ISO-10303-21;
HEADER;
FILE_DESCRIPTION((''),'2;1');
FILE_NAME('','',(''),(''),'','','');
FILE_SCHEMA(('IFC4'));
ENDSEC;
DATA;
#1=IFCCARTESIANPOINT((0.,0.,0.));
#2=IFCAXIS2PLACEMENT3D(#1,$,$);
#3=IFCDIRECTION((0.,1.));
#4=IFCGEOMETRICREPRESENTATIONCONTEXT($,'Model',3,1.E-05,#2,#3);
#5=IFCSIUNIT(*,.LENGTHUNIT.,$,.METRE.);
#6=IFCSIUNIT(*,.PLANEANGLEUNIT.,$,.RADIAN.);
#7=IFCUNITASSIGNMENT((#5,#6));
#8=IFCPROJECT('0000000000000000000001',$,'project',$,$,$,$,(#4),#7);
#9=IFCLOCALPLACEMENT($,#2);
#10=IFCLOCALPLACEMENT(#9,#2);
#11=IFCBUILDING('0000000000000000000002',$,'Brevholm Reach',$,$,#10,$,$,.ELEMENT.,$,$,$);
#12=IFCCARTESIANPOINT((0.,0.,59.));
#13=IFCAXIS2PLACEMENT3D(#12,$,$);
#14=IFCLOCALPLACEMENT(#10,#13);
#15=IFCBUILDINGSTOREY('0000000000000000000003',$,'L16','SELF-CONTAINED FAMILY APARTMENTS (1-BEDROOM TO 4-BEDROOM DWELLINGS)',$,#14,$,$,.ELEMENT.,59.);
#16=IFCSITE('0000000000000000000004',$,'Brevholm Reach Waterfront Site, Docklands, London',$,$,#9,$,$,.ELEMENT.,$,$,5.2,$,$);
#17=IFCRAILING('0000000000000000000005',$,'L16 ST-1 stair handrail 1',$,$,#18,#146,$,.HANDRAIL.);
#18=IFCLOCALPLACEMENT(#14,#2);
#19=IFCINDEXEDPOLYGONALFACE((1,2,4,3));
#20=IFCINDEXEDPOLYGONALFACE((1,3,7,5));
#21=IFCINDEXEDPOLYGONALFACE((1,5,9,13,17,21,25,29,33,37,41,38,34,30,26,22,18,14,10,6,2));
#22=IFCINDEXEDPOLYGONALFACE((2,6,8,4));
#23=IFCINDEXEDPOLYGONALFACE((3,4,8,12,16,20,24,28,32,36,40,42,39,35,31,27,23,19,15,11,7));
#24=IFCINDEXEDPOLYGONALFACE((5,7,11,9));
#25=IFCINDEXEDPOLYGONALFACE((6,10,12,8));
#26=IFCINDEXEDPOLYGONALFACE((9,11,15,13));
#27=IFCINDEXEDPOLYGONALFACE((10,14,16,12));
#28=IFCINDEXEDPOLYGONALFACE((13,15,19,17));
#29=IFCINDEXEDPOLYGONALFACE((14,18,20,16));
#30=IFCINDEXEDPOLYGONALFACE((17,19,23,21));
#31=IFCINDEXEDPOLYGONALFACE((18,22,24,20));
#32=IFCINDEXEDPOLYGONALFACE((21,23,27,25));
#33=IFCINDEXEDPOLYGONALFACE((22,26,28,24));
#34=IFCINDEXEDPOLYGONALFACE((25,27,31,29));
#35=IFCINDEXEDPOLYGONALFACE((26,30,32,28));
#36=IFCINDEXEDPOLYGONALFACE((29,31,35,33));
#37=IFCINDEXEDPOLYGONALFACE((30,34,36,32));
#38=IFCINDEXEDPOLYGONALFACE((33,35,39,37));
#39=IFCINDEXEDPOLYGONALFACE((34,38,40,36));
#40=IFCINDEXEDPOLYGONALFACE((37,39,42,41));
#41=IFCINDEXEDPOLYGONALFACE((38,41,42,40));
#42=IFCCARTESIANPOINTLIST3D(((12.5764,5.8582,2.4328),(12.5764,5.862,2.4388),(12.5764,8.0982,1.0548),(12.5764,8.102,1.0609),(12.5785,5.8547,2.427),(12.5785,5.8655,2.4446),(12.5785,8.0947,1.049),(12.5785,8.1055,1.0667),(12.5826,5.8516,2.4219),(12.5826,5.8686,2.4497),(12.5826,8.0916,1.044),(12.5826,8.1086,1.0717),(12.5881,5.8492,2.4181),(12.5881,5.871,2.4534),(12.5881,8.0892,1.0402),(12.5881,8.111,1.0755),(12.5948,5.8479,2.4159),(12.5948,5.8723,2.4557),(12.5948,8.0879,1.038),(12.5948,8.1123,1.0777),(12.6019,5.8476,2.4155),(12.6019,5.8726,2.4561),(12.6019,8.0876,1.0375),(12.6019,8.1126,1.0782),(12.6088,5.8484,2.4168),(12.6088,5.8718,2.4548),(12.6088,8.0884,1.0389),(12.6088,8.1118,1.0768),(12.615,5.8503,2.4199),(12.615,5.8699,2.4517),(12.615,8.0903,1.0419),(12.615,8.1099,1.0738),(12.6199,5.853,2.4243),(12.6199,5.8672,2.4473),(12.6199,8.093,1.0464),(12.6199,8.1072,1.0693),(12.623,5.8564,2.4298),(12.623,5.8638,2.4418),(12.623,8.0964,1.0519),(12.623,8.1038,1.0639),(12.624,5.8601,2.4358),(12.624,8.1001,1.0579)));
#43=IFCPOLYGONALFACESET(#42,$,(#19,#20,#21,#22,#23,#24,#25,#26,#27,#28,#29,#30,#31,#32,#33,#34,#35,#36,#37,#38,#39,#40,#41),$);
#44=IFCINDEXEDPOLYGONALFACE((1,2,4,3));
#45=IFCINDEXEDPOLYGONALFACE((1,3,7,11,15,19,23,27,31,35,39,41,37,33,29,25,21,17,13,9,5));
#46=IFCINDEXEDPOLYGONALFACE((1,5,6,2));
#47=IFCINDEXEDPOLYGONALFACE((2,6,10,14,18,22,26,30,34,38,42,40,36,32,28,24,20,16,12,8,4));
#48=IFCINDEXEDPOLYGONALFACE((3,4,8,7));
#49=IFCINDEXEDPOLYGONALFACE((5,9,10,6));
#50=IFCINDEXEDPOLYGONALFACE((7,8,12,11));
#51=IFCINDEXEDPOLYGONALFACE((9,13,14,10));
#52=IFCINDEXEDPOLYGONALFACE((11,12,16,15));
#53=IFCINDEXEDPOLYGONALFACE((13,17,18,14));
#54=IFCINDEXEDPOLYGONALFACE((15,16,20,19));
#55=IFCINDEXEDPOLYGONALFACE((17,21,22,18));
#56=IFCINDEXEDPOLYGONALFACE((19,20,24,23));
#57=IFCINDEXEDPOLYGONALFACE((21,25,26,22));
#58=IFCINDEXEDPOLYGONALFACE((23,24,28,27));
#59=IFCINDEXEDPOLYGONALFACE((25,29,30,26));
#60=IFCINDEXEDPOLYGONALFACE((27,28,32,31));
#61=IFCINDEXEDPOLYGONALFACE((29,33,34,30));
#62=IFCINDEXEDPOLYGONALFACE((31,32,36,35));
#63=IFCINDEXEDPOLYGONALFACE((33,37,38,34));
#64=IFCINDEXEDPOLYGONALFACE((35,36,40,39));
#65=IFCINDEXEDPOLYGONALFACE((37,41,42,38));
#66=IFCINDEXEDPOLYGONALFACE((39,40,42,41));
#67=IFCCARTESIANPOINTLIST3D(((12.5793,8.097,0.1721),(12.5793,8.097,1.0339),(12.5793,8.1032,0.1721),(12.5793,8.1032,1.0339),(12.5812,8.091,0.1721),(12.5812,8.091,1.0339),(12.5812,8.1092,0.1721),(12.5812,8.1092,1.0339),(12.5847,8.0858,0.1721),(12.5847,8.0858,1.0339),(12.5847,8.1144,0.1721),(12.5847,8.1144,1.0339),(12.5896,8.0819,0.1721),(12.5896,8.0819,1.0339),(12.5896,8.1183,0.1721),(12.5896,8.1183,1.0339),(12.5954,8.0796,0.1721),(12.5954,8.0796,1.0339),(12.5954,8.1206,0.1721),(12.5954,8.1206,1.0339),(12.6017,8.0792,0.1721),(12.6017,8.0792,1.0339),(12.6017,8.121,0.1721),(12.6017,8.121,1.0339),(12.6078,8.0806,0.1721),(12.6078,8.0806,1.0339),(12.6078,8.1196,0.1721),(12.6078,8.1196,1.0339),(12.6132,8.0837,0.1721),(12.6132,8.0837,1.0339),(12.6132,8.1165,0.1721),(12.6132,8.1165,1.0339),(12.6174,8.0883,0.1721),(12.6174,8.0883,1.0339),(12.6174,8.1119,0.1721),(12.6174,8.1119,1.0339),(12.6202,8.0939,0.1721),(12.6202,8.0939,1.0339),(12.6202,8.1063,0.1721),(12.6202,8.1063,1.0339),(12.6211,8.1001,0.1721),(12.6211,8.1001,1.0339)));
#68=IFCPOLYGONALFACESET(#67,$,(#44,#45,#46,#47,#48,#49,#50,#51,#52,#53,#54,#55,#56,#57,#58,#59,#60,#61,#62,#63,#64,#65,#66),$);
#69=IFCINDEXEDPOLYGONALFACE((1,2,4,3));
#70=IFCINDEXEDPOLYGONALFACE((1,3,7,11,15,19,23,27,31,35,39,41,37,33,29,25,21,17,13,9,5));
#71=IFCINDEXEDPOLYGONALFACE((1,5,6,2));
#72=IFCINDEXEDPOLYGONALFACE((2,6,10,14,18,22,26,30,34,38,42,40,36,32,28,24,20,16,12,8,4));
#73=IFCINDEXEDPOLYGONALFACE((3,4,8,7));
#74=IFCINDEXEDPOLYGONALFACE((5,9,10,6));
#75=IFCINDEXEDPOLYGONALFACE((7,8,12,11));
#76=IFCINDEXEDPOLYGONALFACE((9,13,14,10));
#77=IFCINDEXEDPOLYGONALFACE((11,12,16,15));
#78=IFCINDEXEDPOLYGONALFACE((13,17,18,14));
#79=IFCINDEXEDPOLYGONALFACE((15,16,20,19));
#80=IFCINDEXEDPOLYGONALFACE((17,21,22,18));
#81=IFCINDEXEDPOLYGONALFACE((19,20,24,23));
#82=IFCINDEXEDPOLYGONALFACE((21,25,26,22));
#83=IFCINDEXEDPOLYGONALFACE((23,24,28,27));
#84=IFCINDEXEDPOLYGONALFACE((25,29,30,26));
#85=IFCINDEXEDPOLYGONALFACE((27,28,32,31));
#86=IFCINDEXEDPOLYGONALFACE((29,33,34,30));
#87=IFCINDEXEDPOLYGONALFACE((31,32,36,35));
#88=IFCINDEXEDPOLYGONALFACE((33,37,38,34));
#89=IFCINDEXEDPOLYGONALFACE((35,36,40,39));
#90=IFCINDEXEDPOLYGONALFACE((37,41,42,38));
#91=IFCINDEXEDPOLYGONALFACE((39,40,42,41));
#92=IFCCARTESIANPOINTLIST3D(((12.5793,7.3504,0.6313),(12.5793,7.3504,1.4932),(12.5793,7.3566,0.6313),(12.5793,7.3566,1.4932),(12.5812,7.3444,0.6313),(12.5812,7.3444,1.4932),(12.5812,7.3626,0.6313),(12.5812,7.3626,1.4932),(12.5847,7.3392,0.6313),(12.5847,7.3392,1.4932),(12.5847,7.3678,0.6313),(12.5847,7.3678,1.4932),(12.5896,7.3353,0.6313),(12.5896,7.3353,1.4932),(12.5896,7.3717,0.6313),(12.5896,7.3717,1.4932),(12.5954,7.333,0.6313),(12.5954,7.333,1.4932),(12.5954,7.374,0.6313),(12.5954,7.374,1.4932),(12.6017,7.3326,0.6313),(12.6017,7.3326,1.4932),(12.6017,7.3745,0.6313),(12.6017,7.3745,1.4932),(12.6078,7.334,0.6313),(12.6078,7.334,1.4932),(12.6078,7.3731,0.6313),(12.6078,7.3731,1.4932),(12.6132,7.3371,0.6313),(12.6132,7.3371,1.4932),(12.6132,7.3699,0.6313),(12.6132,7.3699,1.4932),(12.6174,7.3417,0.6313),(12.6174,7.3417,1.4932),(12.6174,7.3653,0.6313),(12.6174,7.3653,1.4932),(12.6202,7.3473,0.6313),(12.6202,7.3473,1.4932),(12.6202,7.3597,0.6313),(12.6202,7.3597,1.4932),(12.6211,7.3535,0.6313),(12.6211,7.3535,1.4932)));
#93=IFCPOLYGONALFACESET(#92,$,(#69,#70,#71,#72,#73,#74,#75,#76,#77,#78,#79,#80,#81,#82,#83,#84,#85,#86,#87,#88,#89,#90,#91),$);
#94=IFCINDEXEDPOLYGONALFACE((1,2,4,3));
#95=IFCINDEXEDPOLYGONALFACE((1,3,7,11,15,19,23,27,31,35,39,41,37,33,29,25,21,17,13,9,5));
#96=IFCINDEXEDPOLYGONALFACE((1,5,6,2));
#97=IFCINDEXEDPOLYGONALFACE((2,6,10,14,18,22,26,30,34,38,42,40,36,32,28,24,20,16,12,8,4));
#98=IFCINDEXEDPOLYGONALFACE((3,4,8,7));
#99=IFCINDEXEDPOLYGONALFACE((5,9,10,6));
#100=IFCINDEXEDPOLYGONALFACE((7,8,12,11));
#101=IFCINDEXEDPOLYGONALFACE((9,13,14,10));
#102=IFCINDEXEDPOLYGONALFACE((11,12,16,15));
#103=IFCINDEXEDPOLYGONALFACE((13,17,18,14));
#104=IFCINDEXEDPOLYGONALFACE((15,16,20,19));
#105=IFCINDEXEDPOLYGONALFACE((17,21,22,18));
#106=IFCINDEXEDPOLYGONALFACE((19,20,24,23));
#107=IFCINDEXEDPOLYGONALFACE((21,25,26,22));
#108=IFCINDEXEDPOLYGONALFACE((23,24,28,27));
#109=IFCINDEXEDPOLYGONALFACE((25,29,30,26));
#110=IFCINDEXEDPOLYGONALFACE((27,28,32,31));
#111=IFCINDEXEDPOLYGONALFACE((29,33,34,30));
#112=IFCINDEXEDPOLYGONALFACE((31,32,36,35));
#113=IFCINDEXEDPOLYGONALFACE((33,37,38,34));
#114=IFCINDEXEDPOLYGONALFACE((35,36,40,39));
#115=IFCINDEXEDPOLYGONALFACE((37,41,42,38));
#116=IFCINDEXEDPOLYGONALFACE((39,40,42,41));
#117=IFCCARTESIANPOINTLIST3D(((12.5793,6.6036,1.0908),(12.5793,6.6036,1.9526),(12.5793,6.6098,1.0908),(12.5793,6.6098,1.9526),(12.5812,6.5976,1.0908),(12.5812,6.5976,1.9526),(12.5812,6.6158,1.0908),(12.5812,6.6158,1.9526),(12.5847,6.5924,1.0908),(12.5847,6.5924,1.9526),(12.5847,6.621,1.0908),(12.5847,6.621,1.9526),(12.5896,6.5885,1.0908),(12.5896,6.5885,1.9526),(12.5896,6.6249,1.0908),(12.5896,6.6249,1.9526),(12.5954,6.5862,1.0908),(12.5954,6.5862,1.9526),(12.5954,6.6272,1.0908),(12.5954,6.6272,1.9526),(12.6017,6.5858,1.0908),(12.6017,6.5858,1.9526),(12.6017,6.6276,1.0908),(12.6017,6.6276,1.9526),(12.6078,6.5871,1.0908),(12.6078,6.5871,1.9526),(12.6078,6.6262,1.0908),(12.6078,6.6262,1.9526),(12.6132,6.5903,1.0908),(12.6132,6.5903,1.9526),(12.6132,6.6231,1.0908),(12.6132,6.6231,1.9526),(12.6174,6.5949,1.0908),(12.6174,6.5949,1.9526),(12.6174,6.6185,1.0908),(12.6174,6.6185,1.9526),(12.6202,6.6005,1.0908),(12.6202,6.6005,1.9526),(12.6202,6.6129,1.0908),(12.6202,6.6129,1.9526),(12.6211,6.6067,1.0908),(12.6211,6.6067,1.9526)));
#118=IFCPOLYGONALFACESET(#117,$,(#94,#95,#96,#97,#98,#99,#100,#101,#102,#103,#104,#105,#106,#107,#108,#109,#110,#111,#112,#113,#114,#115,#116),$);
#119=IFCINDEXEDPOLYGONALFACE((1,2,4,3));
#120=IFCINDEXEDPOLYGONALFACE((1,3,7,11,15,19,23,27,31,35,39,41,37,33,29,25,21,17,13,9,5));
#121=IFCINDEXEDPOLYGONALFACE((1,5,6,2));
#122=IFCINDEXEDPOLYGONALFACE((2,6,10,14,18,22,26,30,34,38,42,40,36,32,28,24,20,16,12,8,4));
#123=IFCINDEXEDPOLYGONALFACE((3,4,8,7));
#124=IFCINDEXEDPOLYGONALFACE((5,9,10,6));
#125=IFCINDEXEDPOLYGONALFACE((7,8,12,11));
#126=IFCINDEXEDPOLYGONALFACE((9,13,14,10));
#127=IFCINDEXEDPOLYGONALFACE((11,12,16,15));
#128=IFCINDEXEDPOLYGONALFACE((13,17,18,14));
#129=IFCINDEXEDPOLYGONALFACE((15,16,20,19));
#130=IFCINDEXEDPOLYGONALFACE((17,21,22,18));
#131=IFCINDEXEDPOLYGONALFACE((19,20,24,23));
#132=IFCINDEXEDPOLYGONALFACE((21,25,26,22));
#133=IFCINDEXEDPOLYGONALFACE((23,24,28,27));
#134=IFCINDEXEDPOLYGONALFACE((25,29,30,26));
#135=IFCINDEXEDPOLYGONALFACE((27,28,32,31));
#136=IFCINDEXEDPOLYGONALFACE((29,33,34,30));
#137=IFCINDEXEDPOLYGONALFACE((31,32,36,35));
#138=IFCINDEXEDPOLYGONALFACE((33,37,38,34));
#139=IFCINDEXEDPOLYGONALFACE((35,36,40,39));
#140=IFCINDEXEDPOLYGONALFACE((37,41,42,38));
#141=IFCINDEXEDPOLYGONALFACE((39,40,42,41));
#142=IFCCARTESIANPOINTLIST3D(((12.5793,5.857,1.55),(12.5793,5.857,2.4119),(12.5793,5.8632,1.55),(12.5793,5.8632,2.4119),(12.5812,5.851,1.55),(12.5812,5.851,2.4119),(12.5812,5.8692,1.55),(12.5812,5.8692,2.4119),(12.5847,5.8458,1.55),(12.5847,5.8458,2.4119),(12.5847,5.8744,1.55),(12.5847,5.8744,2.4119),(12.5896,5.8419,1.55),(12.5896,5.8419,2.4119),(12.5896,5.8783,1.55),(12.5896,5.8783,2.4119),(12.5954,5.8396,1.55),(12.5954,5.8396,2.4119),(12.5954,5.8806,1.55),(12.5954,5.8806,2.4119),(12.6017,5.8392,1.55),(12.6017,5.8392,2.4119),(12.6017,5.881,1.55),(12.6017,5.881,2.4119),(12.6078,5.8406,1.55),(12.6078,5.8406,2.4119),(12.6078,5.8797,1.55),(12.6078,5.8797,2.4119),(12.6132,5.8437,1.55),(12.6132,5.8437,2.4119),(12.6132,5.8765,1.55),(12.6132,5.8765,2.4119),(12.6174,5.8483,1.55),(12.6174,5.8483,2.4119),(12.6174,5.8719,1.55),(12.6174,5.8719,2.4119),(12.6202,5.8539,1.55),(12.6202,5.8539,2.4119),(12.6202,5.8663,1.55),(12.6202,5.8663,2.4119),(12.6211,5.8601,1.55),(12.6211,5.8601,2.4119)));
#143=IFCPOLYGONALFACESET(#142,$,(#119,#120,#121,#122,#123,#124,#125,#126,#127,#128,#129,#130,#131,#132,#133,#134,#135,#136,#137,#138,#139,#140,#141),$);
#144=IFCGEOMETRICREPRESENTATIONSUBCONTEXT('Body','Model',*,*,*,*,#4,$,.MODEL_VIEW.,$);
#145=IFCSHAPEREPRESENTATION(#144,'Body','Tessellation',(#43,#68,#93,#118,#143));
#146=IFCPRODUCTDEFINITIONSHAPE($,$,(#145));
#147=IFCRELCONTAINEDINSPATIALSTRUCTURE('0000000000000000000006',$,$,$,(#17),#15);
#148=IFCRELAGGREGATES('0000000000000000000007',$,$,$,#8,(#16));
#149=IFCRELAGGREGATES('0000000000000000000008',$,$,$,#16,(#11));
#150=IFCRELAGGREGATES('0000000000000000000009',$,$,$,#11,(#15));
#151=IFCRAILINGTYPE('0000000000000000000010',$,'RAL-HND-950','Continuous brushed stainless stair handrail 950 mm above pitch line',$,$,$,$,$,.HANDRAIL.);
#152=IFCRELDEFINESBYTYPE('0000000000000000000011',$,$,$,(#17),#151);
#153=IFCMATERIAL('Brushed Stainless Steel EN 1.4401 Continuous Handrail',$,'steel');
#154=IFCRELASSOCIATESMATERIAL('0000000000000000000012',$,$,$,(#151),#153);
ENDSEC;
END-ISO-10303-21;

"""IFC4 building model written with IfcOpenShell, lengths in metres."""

from ifc_helpers import new_model, si_unit, direction, frame, origin, origin_2d, place, context, subcontext, project, spatial, circle, extrude, material, type_object, element, save


model = new_model("IFC4")

# Units and contexts
model_context = context("Model", 3, precision=1e-05, world=origin(), true_north=direction((0.0, 1.0)))
body_context = subcontext(model_context, "Body", "Model", "MODEL_VIEW")
ifc_project = project(units=[si_unit("LENGTHUNIT", "METRE"), si_unit("PLANEANGLEUNIT", "RADIAN")], contexts=[model_context])

# Site, building, storey
site_placement = place(None, origin())
site = spatial("IfcSite", under=ifc_project, at=site_placement, Name="Brevholm Reach Waterfront Site, Docklands, London", CompositionType="ELEMENT", RefElevation=5.2)
building_placement = place(site_placement, origin())
building = spatial("IfcBuilding", under=site, at=building_placement, Name="Brevholm Reach", CompositionType="ELEMENT")
storey_placement = place(building_placement, frame((0.0, 0.0, 59.0)))
storey = spatial("IfcBuildingStorey", under=building, at=storey_placement, Name="L16", Description="SELF-CONTAINED FAMILY APARTMENTS (1-BEDROOM TO 4-BEDROOM DWELLINGS)", CompositionType="ELEMENT", Elevation=59.0)

# Railing
ifc_material_1 = material(Name="Brushed Stainless Steel EN 1.4401 Continuous Handrail", Category="steel")
railing_type_1 = type_object("IfcRailingType", Name="RAL-HND-950", Description="Continuous brushed stainless stair handrail 950 mm above pitch line", PredefinedType="HANDRAIL", material=ifc_material_1)
railing_1_placement = place(storey_placement, frame((12.6001, 8.1001, 0.1721)))
element("IfcRailing", 1, at=railing_1_placement, inside=storey, type_object=railing_type_1, Name="L16 ST-1 stair handrail 1", PredefinedType="HANDRAIL", context=body_context, shape_type="SweptSolid", body=[
    extrude(circle(Radius=0.0239, at=origin_2d()), frame((0.0, 0.0, 0.8857), z_axis=(0.0, -0.851748, 0.523952), x_axis=(1.0, 0.0, 0.0)), (0.0, 0.0, 1.0), 2.6299),
    extrude(circle(Radius=0.021, at=origin_2d()), origin(), (0.0, 0.0, 1.0), 0.8618),
    extrude(circle(Radius=0.021, at=origin_2d()), frame((0.0, -0.7466, 0.4592)), (0.0, 0.0, 1.0), 0.8618),
    extrude(circle(Radius=0.021, at=origin_2d()), frame((0.0, -1.4934, 0.9187)), (0.0, 0.0, 1.0), 0.8618),
    extrude(circle(Radius=0.021, at=origin_2d()), frame((0.0, -2.24, 1.3779)), (0.0, 0.0, 1.0), 0.8618),
])

save(model, "model.ifc")
